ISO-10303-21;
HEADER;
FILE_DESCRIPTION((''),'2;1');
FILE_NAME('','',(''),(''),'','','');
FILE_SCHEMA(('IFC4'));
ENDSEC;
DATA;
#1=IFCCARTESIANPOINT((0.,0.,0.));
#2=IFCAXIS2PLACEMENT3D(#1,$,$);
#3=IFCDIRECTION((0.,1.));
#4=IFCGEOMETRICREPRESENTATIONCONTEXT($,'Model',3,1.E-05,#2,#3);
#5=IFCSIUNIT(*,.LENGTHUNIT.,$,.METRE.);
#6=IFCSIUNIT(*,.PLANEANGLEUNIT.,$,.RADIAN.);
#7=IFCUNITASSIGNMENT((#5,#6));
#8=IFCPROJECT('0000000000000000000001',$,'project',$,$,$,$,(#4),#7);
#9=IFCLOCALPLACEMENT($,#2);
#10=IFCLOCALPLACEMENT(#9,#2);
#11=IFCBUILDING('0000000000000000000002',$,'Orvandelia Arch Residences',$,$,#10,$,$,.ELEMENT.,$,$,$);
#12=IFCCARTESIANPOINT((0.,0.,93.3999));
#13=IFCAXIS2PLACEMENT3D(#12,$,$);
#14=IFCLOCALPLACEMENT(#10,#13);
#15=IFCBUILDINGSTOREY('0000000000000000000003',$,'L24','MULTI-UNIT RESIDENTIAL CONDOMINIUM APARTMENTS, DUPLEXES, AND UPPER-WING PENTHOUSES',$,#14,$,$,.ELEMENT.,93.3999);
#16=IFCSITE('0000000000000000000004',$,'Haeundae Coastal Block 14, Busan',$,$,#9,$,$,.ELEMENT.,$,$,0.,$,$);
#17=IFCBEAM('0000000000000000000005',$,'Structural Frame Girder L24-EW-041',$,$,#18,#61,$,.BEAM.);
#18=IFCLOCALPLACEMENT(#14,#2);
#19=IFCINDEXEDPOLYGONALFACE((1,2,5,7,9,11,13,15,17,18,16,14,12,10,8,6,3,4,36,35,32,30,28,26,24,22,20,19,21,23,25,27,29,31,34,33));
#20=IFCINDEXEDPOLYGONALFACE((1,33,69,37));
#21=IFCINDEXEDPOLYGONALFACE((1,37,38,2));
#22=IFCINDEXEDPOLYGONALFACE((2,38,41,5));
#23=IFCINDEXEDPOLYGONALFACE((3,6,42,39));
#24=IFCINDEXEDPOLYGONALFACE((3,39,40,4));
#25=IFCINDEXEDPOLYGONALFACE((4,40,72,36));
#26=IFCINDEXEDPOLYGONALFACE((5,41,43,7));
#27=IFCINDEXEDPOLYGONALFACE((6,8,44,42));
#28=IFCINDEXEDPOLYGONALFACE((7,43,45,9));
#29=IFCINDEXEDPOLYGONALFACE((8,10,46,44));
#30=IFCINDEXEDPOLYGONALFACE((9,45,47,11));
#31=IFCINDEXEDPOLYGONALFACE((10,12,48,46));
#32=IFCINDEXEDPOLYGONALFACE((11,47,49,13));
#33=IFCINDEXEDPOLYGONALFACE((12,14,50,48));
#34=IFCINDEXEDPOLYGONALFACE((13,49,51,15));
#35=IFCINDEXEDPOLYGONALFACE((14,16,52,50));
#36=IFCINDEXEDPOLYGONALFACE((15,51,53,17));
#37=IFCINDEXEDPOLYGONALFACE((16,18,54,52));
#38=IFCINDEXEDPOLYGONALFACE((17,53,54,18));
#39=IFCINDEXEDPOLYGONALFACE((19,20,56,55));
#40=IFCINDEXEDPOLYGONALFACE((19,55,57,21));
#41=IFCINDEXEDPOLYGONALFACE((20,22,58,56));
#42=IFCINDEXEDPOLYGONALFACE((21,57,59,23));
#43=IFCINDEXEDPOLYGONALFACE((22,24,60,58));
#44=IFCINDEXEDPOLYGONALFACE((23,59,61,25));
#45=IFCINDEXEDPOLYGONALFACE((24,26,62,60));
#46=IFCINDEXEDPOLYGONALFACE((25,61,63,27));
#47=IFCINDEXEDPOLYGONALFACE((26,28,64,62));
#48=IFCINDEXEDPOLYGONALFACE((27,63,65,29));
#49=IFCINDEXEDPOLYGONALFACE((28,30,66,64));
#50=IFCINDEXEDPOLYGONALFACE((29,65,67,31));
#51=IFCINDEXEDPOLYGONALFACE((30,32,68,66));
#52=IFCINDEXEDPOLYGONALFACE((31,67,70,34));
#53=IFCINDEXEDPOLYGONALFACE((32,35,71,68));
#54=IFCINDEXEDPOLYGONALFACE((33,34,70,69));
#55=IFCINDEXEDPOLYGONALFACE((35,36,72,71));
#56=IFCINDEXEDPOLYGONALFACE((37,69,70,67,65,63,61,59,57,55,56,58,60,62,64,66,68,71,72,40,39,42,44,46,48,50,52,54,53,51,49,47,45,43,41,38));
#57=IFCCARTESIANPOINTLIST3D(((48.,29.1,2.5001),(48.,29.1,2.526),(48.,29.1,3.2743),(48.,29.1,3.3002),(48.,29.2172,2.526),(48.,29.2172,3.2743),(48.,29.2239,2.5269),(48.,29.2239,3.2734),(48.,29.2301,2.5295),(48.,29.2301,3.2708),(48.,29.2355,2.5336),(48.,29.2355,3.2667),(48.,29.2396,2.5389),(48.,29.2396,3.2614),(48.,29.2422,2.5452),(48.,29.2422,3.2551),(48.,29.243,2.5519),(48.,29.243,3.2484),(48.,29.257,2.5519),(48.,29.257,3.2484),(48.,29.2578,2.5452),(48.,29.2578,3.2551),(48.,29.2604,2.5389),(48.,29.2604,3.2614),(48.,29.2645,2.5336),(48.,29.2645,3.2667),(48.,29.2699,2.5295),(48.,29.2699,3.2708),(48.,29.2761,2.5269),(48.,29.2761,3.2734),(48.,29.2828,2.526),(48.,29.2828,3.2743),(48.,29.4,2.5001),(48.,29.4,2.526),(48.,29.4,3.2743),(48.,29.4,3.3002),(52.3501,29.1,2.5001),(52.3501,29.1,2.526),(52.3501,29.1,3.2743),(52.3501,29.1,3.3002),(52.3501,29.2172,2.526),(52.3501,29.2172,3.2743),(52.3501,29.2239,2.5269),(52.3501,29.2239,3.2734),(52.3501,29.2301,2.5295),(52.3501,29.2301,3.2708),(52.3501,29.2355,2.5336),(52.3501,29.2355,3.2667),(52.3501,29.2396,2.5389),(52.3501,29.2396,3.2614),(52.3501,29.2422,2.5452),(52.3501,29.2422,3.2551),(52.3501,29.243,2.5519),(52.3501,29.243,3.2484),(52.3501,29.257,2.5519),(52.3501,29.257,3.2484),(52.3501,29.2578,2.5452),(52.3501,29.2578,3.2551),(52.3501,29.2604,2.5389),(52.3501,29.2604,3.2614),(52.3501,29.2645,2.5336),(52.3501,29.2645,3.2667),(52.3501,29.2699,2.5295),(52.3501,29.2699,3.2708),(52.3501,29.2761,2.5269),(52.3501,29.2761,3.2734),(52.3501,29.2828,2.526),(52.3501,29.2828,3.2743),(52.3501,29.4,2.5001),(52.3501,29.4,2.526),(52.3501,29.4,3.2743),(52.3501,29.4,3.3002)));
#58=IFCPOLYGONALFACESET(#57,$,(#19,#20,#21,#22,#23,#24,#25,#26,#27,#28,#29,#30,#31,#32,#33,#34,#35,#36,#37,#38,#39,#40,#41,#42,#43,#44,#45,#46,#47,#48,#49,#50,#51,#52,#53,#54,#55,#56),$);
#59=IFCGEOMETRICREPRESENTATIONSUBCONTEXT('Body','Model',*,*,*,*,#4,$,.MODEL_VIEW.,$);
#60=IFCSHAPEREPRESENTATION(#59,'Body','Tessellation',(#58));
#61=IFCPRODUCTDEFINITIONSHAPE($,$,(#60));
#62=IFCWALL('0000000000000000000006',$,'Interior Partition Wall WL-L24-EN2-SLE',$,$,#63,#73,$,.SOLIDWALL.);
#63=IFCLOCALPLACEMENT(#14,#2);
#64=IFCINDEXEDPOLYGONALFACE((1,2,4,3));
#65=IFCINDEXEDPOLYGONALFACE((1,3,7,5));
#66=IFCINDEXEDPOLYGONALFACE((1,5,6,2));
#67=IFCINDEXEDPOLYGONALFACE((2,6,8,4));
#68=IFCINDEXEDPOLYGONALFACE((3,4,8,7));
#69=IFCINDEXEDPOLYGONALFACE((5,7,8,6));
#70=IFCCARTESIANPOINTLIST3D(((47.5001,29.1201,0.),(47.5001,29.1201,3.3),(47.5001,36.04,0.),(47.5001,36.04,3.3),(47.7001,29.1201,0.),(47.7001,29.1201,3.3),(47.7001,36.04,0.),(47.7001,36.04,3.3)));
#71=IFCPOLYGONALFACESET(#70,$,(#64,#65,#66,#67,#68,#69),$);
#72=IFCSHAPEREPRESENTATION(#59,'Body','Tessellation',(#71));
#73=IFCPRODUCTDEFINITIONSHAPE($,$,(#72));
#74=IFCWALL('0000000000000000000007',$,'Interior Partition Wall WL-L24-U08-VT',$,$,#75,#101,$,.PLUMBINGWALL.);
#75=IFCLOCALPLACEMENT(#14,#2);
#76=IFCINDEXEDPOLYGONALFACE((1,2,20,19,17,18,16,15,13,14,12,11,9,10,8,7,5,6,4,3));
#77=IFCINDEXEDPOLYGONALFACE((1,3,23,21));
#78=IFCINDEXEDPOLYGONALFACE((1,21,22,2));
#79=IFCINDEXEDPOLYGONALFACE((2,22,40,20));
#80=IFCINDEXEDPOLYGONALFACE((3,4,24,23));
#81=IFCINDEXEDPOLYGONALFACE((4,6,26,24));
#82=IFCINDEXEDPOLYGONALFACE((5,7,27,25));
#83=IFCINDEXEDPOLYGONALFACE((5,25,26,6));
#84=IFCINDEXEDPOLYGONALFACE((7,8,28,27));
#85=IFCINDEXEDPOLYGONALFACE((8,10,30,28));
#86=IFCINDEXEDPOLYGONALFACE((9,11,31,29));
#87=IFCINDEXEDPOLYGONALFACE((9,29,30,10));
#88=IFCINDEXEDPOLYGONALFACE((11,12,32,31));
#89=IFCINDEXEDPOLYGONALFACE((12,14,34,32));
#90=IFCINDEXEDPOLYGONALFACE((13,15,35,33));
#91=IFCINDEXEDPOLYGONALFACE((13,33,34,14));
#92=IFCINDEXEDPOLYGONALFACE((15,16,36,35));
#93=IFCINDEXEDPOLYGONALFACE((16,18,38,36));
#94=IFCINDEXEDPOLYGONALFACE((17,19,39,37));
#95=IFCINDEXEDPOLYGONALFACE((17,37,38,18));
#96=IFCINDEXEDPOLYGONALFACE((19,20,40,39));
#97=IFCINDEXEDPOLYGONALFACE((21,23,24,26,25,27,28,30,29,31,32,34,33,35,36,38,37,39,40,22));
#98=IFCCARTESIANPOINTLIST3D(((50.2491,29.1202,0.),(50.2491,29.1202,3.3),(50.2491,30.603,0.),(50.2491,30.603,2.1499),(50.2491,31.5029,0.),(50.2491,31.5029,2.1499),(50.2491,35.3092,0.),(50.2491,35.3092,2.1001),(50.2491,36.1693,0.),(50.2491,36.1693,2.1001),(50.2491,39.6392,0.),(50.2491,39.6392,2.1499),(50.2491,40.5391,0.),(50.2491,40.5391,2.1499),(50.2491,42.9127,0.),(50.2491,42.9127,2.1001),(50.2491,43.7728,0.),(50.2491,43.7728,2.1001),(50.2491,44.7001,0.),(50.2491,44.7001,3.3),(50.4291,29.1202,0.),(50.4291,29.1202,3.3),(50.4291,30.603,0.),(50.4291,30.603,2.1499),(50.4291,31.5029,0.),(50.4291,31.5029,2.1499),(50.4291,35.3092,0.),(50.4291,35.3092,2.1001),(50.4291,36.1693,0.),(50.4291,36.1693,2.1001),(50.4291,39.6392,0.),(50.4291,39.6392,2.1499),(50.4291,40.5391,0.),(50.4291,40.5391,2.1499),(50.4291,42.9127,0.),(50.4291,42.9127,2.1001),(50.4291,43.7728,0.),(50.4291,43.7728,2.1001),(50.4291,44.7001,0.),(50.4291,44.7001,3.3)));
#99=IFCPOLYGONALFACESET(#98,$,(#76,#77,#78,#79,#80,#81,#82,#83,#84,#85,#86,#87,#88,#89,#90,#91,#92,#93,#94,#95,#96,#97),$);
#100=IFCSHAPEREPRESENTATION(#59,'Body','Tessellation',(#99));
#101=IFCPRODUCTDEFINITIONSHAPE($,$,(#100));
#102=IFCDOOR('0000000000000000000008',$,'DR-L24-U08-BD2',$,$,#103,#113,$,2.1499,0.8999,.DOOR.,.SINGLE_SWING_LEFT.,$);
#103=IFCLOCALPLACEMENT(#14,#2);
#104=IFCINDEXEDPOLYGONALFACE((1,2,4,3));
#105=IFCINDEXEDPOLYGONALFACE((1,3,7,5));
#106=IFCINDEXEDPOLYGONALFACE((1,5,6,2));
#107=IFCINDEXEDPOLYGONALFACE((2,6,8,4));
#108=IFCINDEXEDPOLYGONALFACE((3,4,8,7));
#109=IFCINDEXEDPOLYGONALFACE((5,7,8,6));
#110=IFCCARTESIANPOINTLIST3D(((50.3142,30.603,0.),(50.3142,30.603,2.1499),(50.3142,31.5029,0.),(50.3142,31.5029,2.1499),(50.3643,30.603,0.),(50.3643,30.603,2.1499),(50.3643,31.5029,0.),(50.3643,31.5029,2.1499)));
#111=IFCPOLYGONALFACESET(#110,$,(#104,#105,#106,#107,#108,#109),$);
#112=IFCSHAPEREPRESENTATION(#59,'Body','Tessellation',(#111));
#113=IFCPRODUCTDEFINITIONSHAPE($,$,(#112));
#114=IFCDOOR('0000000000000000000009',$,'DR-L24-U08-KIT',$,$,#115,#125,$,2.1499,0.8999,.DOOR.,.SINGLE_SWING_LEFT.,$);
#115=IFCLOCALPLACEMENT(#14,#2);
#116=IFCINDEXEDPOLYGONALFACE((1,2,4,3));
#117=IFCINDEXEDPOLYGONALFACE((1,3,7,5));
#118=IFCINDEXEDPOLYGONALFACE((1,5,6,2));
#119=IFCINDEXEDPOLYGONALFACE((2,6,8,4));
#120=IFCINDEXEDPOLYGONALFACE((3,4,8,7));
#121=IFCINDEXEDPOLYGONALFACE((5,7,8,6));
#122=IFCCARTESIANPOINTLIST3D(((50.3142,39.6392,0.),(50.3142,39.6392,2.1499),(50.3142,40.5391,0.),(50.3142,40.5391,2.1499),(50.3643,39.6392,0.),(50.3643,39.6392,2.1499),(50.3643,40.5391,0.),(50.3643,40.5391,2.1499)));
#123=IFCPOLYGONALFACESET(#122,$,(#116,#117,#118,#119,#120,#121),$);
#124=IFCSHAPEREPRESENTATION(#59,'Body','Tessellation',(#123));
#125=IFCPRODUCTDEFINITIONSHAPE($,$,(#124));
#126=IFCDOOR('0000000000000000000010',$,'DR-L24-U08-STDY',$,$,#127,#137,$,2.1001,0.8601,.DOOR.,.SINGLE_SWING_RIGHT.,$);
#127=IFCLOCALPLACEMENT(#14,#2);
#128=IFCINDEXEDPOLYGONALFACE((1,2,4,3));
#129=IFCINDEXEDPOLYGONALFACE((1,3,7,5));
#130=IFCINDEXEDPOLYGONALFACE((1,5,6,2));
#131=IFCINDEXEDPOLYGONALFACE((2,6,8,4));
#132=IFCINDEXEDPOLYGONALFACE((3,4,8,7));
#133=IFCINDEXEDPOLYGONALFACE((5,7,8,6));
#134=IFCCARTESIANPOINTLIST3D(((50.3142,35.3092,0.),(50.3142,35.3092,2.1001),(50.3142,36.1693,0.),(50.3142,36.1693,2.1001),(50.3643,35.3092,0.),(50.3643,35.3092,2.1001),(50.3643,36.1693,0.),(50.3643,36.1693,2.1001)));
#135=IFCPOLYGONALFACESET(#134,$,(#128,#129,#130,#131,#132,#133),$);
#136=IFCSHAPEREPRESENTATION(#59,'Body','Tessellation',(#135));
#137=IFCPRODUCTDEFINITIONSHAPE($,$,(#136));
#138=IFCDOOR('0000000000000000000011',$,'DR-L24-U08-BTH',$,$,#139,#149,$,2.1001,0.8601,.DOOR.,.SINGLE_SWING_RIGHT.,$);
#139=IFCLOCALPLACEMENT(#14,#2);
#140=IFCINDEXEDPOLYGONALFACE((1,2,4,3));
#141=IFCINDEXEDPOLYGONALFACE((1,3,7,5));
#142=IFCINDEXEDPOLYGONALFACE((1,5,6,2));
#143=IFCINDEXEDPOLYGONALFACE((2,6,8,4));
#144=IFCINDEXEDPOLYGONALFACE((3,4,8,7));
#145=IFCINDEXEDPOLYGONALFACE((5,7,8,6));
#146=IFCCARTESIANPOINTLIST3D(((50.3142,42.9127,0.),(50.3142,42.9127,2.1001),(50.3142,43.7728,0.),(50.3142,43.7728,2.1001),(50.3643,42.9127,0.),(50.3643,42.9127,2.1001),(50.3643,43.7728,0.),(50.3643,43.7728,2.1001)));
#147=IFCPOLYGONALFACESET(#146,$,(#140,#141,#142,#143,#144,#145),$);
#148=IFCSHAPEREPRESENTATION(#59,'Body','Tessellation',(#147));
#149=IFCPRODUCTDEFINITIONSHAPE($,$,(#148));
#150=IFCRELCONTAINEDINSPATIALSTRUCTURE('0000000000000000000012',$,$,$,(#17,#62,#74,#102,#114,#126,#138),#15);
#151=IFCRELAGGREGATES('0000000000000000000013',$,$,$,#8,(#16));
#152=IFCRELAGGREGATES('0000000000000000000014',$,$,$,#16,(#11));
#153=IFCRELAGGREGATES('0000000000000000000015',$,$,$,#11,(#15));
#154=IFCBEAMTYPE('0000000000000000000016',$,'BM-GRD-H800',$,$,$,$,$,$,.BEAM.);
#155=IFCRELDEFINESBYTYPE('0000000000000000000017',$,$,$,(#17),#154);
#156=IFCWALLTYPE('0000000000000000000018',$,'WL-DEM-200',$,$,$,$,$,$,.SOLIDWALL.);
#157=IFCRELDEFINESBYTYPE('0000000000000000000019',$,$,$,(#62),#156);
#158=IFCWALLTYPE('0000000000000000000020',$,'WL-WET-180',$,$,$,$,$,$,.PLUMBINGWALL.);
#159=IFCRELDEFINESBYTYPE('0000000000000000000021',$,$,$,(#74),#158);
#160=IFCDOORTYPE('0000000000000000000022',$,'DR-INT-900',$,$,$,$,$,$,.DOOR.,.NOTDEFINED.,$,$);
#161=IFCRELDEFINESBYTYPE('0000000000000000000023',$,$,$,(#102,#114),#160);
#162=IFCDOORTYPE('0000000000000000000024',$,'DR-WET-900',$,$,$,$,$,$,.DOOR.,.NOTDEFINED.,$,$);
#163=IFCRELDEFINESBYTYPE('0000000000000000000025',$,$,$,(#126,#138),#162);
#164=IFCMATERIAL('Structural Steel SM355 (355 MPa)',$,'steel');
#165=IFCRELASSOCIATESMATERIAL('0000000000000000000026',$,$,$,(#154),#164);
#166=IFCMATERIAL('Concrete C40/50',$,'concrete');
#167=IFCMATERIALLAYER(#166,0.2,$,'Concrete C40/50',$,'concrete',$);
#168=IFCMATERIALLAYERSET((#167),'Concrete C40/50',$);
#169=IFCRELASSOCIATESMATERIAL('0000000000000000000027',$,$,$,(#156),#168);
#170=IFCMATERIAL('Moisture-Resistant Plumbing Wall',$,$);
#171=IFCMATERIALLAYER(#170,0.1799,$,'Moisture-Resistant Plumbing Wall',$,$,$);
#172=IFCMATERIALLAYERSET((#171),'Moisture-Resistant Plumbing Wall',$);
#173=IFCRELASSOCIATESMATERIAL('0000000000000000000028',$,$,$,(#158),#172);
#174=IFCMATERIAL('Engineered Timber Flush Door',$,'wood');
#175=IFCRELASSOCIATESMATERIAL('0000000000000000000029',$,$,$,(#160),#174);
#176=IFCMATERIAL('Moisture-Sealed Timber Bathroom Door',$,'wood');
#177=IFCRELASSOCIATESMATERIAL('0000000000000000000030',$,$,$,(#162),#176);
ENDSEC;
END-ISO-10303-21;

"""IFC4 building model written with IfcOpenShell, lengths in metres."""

from ifc_helpers import new_model, si_unit, direction, frame, frame_2d, origin, origin_2d, place, context, subcontext, project, spatial, rectangle, i_section, extrude, material, layer, layer_set, material_profile, profile_set, type_object, element, fill, save


model = new_model("IFC4")

# Units and contexts
model_context = context("Model", 3, precision=1e-05, world=origin(), true_north=direction((0.0, 1.0)))
body_context = subcontext(model_context, "Body", "Model", "MODEL_VIEW")
ifc_project = project(units=[si_unit("LENGTHUNIT", "METRE"), si_unit("PLANEANGLEUNIT", "RADIAN")], contexts=[model_context])

# Site, building, storey
site_placement = place(None, origin())
site = spatial("IfcSite", under=ifc_project, at=site_placement, Name="Haeundae Coastal Block 14, Busan", CompositionType="ELEMENT", RefElevation=0.0)
building_placement = place(site_placement, origin())
building = spatial("IfcBuilding", under=site, at=building_placement, Name="Orvandelia Arch Residences", CompositionType="ELEMENT")
storey_placement = place(building_placement, frame((0.0, 0.0, 93.3999)))
storey = spatial("IfcBuildingStorey", under=building, at=storey_placement, Name="L24", Description="MULTI-UNIT RESIDENTIAL CONDOMINIUM APARTMENTS, DUPLEXES, AND UPPER-WING PENTHOUSES", CompositionType="ELEMENT", Elevation=93.3999)

# Beam
ifc_material_1 = material(Name="Structural Steel SM355 (355 MPa)", Category="steel")
ifc_material_profile_1 = material_profile(ifc_material_1, i_section(OverallWidth=0.3, OverallDepth=0.8, WebThickness=0.0139, FlangeThickness=0.0259, FilletRadius=0.0259, at=origin_2d()), Name="Structural Steel SM355 (355 MPa)", Category="steel")
ifc_profile_set_1 = profile_set([ifc_material_profile_1], Name="Structural Steel SM355 (355 MPa)")
beam_type = type_object("IfcBeamType", Name="BM-GRD-H800", PredefinedType="BEAM", material=ifc_profile_set_1)
beam_1_placement = place(storey_placement, frame((48.0, 29.25, 2.9001), z_axis=(1.0, 0.0, 0.0), x_axis=(0.0, 1.0, 0.0)))
element("IfcBeam", 1, at=beam_1_placement, inside=storey, type_object=beam_type, Name="Structural Frame Girder L24-EW-041", PredefinedType="BEAM", context=body_context, shape_type="SweptSolid", body=[
    extrude(i_section(OverallWidth=0.3, OverallDepth=0.8, WebThickness=0.0139, FlangeThickness=0.0259, FilletRadius=0.0259, at=origin_2d()), origin(), (0.0, 0.0, 1.0), 4.3501),
])

# Wall
ifc_material_2 = material(Name="Concrete C40/50", Category="concrete")
ifc_layer_1 = layer(ifc_material_2, 0.2, Name="Concrete C40/50", Category="concrete")
ifc_layer_set_1 = layer_set([ifc_layer_1], Name="Concrete C40/50")
wall_type_1 = type_object("IfcWallType", Name="WL-DEM-200", PredefinedType="SOLIDWALL", material=ifc_layer_set_1)
wall_1_placement = place(storey_placement, frame((47.6001, 29.1201, 0.0), z_axis=(0.0, 0.0, 1.0), x_axis=(0.0, 1.0, 0.0)))
element("IfcWall", 2, at=wall_1_placement, inside=storey, type_object=wall_type_1, Name="Interior Partition Wall WL-L24-EN2-SLE", PredefinedType="SOLIDWALL", context=body_context, shape_type="SweptSolid", body=[
    extrude(rectangle(XDim=6.9199, YDim=0.2, at=frame_2d((3.46, 0.0))), origin(), (0.0, 0.0, 1.0), 3.3),
])

# Wall, openings, doors
ifc_material_3 = material(Name="Moisture-Resistant Plumbing Wall")
ifc_layer_2 = layer(ifc_material_3, 0.1799, Name="Moisture-Resistant Plumbing Wall")
ifc_layer_set_2 = layer_set([ifc_layer_2], Name="Moisture-Resistant Plumbing Wall")
wall_type_2 = type_object("IfcWallType", Name="WL-WET-180", PredefinedType="PLUMBINGWALL", material=ifc_layer_set_2)
wall_2_placement = place(storey_placement, frame((50.3391, 29.1201, 0.0), z_axis=(0.0, 0.0, 1.0), x_axis=(0.0, 1.0, 0.0)))
wall_2 = element("IfcWall", 3, at=wall_2_placement, inside=storey, type_object=wall_type_2, Name="Interior Partition Wall WL-L24-U08-VT", PredefinedType="PLUMBINGWALL", context=body_context, shape_type="SweptSolid", body=[
    extrude(rectangle(XDim=15.5798, YDim=0.1799, at=frame_2d((7.79, 0.0))), origin(), (0.0, 0.0, 1.0), 3.3),
])
opening_1_placement = place(wall_2_placement, frame((1.4829, 0.0, 0.0)))
opening_1 = element("IfcOpeningElement", 4, at=opening_1_placement, cuts=wall_2, PredefinedType="OPENING", context=body_context, shape_type="SweptSolid", body=[
    extrude(rectangle(XDim=0.8999, YDim=2.1499, at=frame_2d((0.45, 1.075))), frame((0.0, 0.1001, 0.0), z_axis=(0.0, -1.0, 0.0), x_axis=(1.0, 0.0, 0.0)), (0.0, 0.0, 1.0), 0.2),
])
opening_2_placement = place(wall_2_placement, frame((6.189, 0.0, 0.0)))
opening_2 = element("IfcOpeningElement", 5, at=opening_2_placement, cuts=wall_2, PredefinedType="OPENING", context=body_context, shape_type="SweptSolid", body=[
    extrude(rectangle(XDim=0.8601, YDim=2.1001, at=frame_2d((0.4302, 1.05))), frame((0.0, 0.1001, 0.0), z_axis=(0.0, -1.0, 0.0), x_axis=(1.0, 0.0, 0.0)), (0.0, 0.0, 1.0), 0.2),
])
opening_3_placement = place(wall_2_placement, frame((10.519, 0.0, 0.0)))
opening_3 = element("IfcOpeningElement", 6, at=opening_3_placement, cuts=wall_2, PredefinedType="OPENING", context=body_context, shape_type="SweptSolid", body=[
    extrude(rectangle(XDim=0.8999, YDim=2.1499, at=frame_2d((0.45, 1.075))), frame((0.0, 0.1001, 0.0), z_axis=(0.0, -1.0, 0.0), x_axis=(1.0, 0.0, 0.0)), (0.0, 0.0, 1.0), 0.2),
])
opening_4_placement = place(wall_2_placement, frame((13.7925, 0.0, 0.0)))
opening_4 = element("IfcOpeningElement", 7, at=opening_4_placement, cuts=wall_2, PredefinedType="OPENING", context=body_context, shape_type="SweptSolid", body=[
    extrude(rectangle(XDim=0.8601, YDim=2.1001, at=frame_2d((0.4302, 1.05))), frame((0.0, 0.1001, 0.0), z_axis=(0.0, -1.0, 0.0), x_axis=(1.0, 0.0, 0.0)), (0.0, 0.0, 1.0), 0.2),
])
ifc_material_4 = material(Name="Engineered Timber Flush Door", Category="wood")
door_type_1 = type_object("IfcDoorType", Name="DR-INT-900", OperationType="NOTDEFINED", PredefinedType="DOOR", material=ifc_material_4)
door_1_placement = place(opening_1_placement, origin())
door_1 = element("IfcDoor", 8, at=door_1_placement, inside=storey, type_object=door_type_1, Name="DR-L24-U08-BD2", OperationType="SINGLE_SWING_LEFT", OverallHeight=2.1499, OverallWidth=0.8999, PredefinedType="DOOR", context=body_context, shape_type="SweptSolid", body=[
    extrude(rectangle(XDim=0.8999, YDim=2.1499, at=frame_2d((0.45, 1.075))), frame((0.0, 0.0249, 0.0), z_axis=(0.0, -1.0, 0.0), x_axis=(1.0, 0.0, 0.0)), (0.0, 0.0, 1.0), 0.05),
])
fill(opening_1, door_1)
door_2_placement = place(opening_3_placement, origin())
door_2 = element("IfcDoor", 9, at=door_2_placement, inside=storey, type_object=door_type_1, Name="DR-L24-U08-KIT", OperationType="SINGLE_SWING_LEFT", OverallHeight=2.1499, OverallWidth=0.8999, PredefinedType="DOOR", context=body_context, shape_type="SweptSolid", body=[
    extrude(rectangle(XDim=0.8999, YDim=2.1499, at=frame_2d((0.45, 1.075))), frame((0.0, 0.0249, 0.0), z_axis=(0.0, -1.0, 0.0), x_axis=(1.0, 0.0, 0.0)), (0.0, 0.0, 1.0), 0.05),
])
fill(opening_3, door_2)
ifc_material_5 = material(Name="Moisture-Sealed Timber Bathroom Door", Category="wood")
door_type_2 = type_object("IfcDoorType", Name="DR-WET-900", OperationType="NOTDEFINED", PredefinedType="DOOR", material=ifc_material_5)
door_3_placement = place(opening_2_placement, origin())
door_3 = element("IfcDoor", 10, at=door_3_placement, inside=storey, type_object=door_type_2, Name="DR-L24-U08-STDY", OperationType="SINGLE_SWING_RIGHT", OverallHeight=2.1001, OverallWidth=0.8601, PredefinedType="DOOR", context=body_context, shape_type="SweptSolid", body=[
    extrude(rectangle(XDim=0.8601, YDim=2.1001, at=frame_2d((0.4302, 1.05))), frame((0.0, 0.0249, 0.0), z_axis=(0.0, -1.0, 0.0), x_axis=(1.0, 0.0, 0.0)), (0.0, 0.0, 1.0), 0.05),
])
fill(opening_2, door_3)
door_4_placement = place(opening_4_placement, origin())
door_4 = element("IfcDoor", 11, at=door_4_placement, inside=storey, type_object=door_type_2, Name="DR-L24-U08-BTH", OperationType="SINGLE_SWING_RIGHT", OverallHeight=2.1001, OverallWidth=0.8601, PredefinedType="DOOR", context=body_context, shape_type="SweptSolid", body=[
    extrude(rectangle(XDim=0.8601, YDim=2.1001, at=frame_2d((0.4302, 1.05))), frame((0.0, 0.0249, 0.0), z_axis=(0.0, -1.0, 0.0), x_axis=(1.0, 0.0, 0.0)), (0.0, 0.0, 1.0), 0.05),
])
fill(opening_4, door_4)

save(model, "model.ifc")
